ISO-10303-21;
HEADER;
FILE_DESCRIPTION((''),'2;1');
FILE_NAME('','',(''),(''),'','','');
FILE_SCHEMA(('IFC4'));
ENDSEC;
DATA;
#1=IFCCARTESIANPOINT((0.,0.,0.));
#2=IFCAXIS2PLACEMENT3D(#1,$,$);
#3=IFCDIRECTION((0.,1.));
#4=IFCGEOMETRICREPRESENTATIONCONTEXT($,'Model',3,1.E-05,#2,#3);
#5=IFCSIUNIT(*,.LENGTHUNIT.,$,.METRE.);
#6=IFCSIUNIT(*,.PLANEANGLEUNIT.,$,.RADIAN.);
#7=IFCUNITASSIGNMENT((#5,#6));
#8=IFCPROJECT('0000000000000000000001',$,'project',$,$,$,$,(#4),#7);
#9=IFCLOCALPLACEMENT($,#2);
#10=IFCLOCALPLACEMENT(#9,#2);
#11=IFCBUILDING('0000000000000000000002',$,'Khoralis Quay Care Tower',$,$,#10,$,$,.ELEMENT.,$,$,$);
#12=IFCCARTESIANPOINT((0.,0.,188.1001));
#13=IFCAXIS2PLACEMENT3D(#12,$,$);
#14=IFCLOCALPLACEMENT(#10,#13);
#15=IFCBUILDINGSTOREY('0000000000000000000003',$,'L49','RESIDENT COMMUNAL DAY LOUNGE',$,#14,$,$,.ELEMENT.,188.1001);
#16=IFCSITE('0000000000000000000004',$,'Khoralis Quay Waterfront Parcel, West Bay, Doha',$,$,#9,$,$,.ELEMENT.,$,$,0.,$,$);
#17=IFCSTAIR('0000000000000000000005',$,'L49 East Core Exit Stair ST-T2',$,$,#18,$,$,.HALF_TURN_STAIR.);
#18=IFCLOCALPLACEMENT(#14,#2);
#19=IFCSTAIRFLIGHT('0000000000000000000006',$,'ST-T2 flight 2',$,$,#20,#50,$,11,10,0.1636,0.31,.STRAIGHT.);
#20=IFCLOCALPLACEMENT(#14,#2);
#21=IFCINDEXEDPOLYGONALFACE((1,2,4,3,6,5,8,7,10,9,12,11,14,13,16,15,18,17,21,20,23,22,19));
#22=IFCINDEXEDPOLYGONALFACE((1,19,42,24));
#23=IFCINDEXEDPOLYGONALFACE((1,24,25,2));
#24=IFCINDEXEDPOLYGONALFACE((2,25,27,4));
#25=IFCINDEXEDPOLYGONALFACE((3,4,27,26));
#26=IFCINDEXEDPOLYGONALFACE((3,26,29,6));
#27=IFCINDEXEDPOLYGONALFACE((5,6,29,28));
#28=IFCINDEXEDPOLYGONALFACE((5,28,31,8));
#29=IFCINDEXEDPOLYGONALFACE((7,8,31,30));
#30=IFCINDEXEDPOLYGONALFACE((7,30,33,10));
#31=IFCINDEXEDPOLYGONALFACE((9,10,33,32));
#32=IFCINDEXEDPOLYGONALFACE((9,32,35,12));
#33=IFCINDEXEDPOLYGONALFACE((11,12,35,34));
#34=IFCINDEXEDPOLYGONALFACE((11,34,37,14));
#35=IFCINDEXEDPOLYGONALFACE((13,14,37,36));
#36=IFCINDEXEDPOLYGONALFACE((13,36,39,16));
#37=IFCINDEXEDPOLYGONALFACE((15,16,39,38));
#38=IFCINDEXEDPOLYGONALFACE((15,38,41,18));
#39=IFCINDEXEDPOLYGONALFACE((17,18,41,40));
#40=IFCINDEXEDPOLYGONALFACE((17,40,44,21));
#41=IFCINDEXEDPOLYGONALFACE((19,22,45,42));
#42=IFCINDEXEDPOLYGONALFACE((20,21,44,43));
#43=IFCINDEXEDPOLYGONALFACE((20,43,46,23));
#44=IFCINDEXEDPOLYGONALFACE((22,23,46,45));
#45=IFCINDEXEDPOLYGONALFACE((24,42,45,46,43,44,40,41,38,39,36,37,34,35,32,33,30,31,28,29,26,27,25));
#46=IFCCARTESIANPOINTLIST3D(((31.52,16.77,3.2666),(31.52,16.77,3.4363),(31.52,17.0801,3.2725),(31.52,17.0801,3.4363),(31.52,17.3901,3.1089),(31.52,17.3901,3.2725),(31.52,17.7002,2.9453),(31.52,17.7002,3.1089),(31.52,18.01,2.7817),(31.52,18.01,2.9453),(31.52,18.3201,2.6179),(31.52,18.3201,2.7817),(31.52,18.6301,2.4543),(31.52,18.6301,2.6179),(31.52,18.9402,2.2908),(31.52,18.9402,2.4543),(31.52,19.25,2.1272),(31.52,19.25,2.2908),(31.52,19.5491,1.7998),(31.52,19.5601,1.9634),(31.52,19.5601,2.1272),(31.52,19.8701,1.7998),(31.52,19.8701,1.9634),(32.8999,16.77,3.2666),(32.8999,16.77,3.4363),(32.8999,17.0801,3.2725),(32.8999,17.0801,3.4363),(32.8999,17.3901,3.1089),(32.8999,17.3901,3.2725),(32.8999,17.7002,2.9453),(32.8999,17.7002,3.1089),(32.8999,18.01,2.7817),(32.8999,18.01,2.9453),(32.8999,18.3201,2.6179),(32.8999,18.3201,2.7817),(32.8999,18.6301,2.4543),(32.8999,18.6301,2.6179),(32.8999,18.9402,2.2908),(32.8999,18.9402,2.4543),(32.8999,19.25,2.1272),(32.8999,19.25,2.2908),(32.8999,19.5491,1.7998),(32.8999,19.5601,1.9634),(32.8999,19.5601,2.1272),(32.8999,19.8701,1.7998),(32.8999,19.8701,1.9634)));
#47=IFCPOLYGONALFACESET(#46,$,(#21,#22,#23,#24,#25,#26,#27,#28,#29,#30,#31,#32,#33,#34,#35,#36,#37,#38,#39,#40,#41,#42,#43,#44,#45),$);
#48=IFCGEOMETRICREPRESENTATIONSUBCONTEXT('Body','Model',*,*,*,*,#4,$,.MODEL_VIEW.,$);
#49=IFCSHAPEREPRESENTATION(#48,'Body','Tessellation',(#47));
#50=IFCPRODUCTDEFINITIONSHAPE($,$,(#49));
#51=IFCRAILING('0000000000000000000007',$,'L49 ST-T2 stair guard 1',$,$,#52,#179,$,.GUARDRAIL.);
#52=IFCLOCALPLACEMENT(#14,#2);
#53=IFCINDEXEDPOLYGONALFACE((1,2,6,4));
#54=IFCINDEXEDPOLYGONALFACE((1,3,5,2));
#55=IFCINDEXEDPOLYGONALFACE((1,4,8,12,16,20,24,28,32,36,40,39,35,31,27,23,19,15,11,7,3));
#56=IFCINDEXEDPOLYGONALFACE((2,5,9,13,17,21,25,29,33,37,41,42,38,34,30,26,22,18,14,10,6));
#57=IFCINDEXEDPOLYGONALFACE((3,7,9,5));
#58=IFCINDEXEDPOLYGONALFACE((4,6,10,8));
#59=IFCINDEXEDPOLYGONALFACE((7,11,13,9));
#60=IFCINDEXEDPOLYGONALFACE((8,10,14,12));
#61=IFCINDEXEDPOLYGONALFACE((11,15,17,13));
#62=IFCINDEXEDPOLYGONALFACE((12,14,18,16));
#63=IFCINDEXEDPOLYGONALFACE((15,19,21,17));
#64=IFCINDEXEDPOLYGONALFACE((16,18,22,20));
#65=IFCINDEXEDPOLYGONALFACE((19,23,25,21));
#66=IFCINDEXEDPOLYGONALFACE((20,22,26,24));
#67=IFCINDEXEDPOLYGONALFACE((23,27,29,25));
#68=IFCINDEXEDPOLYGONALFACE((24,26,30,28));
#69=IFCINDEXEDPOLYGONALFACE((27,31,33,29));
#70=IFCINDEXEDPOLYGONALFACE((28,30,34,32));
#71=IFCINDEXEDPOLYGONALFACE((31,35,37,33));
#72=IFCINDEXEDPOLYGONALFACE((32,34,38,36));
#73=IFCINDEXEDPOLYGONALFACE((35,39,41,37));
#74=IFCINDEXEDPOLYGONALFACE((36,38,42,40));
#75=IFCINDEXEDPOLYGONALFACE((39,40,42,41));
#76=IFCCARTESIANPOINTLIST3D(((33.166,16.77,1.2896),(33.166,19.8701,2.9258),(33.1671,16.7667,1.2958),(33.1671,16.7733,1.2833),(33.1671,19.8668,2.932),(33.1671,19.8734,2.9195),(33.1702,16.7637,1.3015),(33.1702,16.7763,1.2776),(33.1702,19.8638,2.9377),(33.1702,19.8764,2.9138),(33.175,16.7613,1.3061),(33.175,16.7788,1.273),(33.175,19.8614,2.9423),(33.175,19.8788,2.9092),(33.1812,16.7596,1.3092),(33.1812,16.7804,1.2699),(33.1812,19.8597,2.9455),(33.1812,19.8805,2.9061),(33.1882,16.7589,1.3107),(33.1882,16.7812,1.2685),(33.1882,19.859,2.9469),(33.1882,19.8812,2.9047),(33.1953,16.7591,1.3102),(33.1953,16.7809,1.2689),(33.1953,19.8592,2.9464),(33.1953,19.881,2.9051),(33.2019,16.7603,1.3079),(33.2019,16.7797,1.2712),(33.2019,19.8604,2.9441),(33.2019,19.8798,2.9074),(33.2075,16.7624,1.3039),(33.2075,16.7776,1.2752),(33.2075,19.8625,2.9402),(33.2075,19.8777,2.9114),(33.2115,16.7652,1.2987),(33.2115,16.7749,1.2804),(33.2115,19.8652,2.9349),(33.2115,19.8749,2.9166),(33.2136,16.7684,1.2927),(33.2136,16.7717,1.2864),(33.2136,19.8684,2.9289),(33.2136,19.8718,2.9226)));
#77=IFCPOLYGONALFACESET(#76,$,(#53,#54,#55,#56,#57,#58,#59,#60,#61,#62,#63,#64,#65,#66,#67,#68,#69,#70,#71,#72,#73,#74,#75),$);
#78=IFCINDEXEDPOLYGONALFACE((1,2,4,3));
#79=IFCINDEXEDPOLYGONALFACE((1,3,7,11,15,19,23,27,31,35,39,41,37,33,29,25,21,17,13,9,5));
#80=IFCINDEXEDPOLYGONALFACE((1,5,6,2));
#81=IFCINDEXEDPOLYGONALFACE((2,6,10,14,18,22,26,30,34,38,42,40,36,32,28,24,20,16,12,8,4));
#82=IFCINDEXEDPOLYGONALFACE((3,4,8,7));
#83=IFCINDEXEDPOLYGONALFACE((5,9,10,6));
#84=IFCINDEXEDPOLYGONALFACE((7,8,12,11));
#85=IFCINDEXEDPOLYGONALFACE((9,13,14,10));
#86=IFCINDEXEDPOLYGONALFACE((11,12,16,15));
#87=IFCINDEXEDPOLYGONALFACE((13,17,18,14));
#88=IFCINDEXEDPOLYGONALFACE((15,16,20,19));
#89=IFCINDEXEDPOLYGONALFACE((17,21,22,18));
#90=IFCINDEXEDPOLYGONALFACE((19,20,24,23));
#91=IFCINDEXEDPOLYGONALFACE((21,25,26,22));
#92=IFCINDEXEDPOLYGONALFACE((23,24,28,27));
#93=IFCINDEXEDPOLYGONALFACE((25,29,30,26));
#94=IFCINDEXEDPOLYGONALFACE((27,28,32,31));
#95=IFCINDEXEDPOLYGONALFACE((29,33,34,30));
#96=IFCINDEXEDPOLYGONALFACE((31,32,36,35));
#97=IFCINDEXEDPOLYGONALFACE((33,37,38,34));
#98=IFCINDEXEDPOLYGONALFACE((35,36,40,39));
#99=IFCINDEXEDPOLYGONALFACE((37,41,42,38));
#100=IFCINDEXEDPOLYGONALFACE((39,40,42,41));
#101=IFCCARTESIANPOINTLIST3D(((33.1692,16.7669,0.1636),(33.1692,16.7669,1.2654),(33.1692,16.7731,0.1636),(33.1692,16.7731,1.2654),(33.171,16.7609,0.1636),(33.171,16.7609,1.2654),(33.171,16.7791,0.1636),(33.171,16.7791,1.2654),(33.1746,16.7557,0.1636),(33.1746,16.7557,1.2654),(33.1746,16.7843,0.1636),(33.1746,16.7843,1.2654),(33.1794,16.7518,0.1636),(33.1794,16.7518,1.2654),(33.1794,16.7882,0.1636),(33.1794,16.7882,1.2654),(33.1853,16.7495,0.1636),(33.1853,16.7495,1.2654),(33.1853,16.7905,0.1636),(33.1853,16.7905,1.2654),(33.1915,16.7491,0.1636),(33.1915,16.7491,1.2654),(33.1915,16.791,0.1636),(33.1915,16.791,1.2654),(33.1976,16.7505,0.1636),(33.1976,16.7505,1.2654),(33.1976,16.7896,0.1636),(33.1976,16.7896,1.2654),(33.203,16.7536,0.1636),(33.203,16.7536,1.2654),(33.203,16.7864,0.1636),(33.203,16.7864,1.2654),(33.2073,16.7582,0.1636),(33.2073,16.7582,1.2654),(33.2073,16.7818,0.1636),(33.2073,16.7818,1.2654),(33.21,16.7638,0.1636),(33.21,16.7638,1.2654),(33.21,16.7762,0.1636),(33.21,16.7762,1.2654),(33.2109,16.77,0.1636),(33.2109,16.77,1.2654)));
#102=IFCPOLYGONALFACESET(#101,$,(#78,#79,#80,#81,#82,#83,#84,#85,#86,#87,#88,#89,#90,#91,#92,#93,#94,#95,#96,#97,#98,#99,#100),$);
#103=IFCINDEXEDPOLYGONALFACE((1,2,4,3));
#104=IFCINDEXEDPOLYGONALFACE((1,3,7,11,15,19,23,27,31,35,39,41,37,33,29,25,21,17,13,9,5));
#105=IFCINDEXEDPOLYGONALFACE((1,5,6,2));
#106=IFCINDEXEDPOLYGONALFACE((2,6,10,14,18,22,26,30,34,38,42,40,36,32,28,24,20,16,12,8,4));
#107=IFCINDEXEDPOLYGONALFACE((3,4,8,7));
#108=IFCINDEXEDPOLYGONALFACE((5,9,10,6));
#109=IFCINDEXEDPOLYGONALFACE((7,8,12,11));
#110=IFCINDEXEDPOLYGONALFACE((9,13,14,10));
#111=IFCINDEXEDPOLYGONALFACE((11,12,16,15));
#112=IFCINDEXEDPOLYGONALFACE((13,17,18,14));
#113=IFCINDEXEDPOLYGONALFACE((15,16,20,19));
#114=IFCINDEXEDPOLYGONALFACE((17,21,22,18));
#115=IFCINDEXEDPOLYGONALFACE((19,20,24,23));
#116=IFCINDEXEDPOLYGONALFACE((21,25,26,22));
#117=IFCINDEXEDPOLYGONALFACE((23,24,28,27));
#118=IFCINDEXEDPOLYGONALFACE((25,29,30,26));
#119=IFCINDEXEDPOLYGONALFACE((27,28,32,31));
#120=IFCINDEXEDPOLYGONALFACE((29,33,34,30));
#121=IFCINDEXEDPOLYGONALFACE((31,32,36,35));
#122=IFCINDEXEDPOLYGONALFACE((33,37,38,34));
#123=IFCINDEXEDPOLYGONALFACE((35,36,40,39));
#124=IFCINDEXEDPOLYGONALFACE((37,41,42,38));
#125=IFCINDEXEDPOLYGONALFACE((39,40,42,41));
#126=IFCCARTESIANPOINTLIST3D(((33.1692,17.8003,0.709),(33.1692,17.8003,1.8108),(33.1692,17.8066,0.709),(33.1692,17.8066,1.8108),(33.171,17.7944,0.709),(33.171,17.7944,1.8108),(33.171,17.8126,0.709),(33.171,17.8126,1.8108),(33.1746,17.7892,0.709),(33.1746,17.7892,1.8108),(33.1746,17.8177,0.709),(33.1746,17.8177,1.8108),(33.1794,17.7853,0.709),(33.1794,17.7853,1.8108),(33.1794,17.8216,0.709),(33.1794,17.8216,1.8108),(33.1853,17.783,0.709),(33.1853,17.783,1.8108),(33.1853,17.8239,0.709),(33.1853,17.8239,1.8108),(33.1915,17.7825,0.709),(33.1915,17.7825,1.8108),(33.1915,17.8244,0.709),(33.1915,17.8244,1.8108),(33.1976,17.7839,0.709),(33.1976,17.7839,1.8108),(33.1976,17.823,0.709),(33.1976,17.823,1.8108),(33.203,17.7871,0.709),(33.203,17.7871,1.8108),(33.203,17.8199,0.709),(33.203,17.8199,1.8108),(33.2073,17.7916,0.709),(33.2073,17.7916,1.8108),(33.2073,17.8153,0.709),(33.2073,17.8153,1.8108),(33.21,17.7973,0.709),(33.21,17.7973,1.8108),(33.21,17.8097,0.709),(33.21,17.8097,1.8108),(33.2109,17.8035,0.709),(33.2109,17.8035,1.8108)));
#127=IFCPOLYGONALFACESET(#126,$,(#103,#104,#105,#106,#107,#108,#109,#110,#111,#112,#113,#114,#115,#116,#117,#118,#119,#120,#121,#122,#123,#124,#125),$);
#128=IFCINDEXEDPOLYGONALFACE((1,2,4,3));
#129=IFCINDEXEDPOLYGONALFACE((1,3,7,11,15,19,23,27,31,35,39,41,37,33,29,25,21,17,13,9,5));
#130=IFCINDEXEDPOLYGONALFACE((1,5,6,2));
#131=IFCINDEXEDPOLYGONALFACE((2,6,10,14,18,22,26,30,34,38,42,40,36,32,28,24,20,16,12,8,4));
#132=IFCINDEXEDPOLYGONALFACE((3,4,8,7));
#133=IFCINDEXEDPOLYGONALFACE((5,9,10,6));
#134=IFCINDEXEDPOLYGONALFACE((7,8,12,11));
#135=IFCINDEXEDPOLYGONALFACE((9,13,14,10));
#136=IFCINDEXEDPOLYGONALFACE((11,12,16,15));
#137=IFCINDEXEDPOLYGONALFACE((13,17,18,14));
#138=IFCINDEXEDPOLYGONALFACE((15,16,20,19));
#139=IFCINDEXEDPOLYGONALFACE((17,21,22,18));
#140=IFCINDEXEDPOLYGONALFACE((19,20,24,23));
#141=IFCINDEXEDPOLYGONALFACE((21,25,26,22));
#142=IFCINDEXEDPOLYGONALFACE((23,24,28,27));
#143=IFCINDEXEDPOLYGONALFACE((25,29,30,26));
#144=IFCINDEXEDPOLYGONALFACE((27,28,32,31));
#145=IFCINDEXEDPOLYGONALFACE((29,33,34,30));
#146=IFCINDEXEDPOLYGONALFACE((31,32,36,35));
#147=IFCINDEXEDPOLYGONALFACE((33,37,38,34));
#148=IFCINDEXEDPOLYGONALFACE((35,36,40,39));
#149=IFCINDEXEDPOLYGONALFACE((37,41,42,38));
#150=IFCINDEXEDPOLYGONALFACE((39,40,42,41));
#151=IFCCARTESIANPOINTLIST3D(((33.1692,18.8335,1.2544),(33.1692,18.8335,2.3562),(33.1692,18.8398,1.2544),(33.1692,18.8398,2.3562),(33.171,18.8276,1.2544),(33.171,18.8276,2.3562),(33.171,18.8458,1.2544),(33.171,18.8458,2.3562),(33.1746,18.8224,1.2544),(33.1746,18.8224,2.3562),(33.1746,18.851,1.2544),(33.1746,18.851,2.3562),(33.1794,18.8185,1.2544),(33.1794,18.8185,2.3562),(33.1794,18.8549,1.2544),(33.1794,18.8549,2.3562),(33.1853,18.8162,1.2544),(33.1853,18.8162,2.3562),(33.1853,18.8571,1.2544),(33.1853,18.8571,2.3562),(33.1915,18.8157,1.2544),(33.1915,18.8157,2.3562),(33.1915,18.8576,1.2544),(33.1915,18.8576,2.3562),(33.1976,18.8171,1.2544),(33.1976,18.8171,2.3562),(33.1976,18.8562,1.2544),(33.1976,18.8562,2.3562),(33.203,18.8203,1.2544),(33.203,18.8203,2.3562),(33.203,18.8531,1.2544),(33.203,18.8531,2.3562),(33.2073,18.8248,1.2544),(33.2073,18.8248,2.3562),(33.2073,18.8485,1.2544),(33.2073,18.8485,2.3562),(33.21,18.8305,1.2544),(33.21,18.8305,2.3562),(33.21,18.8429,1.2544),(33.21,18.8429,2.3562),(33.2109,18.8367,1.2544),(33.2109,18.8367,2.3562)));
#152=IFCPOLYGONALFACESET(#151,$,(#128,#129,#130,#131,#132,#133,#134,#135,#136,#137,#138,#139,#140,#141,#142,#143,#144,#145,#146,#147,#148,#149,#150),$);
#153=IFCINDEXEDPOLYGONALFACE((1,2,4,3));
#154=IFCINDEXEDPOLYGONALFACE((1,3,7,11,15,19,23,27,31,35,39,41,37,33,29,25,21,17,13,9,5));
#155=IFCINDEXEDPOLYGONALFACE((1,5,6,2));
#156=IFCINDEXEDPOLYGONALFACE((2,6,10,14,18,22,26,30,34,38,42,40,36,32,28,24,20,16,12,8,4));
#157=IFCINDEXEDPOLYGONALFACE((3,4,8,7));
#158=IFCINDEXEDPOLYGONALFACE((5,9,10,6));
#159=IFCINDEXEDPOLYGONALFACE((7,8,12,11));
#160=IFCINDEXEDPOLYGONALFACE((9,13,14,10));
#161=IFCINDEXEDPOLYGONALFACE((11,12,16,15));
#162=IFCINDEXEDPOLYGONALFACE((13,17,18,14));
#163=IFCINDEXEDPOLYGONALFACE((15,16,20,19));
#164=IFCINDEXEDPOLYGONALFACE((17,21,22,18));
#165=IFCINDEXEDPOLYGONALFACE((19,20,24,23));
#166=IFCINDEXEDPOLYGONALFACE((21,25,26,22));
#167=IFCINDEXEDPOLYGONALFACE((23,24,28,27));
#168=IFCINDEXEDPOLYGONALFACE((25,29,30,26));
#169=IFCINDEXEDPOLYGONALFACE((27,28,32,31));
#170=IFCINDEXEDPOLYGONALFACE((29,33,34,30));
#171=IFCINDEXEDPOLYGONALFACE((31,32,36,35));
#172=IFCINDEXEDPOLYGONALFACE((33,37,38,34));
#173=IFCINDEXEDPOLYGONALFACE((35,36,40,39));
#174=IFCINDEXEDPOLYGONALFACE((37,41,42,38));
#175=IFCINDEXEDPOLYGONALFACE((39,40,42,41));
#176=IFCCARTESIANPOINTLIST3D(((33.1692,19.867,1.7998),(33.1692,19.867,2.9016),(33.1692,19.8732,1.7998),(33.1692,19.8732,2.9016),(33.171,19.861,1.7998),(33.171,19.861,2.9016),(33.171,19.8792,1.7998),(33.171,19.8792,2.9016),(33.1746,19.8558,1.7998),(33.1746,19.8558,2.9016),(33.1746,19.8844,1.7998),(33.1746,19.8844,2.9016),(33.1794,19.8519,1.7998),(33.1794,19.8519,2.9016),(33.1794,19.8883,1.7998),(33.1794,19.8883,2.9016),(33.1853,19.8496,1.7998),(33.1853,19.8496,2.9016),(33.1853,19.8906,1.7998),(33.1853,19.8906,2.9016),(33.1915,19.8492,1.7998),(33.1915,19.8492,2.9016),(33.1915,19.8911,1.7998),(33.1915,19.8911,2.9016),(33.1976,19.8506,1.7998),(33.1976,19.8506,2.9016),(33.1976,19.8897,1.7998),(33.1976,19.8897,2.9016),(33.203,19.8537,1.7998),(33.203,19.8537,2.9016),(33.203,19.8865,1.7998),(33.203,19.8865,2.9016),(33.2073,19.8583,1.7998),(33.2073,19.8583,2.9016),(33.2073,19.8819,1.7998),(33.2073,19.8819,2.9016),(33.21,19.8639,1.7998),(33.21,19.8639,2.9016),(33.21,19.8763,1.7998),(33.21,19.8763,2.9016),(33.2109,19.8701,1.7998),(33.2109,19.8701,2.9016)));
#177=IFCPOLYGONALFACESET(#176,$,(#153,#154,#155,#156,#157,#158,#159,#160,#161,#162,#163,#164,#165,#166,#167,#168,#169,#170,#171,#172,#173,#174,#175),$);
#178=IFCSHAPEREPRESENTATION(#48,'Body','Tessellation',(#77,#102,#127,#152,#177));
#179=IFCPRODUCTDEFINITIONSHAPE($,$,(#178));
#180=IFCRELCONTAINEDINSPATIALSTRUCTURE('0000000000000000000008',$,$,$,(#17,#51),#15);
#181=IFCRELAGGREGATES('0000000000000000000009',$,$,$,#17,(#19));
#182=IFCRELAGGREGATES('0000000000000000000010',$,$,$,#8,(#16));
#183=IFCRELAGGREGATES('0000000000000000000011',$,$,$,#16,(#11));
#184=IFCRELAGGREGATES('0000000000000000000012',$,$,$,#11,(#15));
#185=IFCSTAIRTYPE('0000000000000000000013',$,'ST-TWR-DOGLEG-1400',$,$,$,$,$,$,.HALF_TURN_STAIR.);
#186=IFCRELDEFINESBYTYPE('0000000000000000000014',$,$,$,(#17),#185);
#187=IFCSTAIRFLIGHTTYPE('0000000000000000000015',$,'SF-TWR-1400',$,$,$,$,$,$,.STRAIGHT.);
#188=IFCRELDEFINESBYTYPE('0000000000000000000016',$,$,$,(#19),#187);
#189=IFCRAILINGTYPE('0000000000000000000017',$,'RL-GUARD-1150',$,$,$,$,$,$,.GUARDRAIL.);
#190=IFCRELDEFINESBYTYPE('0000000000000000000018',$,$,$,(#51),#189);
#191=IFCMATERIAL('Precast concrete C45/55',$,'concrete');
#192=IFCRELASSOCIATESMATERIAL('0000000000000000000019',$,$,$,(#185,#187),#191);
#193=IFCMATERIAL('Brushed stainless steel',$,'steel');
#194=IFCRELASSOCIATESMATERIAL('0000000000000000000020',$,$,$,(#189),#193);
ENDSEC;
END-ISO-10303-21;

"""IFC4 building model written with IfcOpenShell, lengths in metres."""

from ifc_helpers import new_model, si_unit, direction, frame, origin, origin_2d, place, context, subcontext, project, spatial, polyline, circle, outline, extrude, source, transform, mapped, material, type_object, element, aggregate, save


model = new_model("IFC4")

# Units and contexts
model_context = context("Model", 3, precision=1e-05, world=origin(), true_north=direction((0.0, 1.0)))
body_context = subcontext(model_context, "Body", "Model", "MODEL_VIEW")
ifc_project = project(units=[si_unit("LENGTHUNIT", "METRE"), si_unit("PLANEANGLEUNIT", "RADIAN")], contexts=[model_context])

# Site, building, storey
site_placement = place(None, origin())
site = spatial("IfcSite", under=ifc_project, at=site_placement, Name="Khoralis Quay Waterfront Parcel, West Bay, Doha", CompositionType="ELEMENT", RefElevation=0.0)
building_placement = place(site_placement, origin())
building = spatial("IfcBuilding", under=site, at=building_placement, Name="Khoralis Quay Care Tower", CompositionType="ELEMENT")
storey_placement = place(building_placement, frame((0.0, 0.0, 188.1001)))
storey = spatial("IfcBuildingStorey", under=building, at=storey_placement, Name="L49", Description="RESIDENT COMMUNAL DAY LOUNGE", CompositionType="ELEMENT", Elevation=188.1001)

# Shared definitions
ifc_material_1 = material(Name="Brushed stainless steel", Category="steel")

# Shared definitions
ifc_material_2 = material(Name="Precast concrete C45/55", Category="concrete")

# Stair, stair flight
stair_type = type_object("IfcStairType", Name="ST-TWR-DOGLEG-1400", PredefinedType="HALF_TURN_STAIR", material=ifc_material_2)
stair_placement = place(storey_placement, origin())
stair = element("IfcStair", 1, at=stair_placement, inside=storey, type_object=stair_type, Name="L49 East Core Exit Stair ST-T2", PredefinedType="HALF_TURN_STAIR")
stair_flight_type = type_object("IfcStairFlightType", Name="SF-TWR-1400", PredefinedType="STRAIGHT", material=ifc_material_2)
shared_shape_1 = source(origin(), body_context, "Body", "SweptSolid", [
    extrude(outline(polyline([(0.0, 0.0), (0.0, 0.1636), (0.3101, 0.1636), (0.3101, 0.3274), (0.6201, 0.3274), (0.6201, 0.491), (0.9299, 0.491), (0.9299, 0.6545), (1.24, 0.6545), (1.24, 0.8181), (1.55, 0.8181), (1.55, 0.9819), (1.8601, 0.9819), (1.8601, 1.1455), (2.1699, 1.1455), (2.1699, 1.3091), (2.48, 1.3091), (2.48, 1.4727), (2.79, 1.4727), (2.79, 1.6365), (3.1001, 1.6365), (3.1001, 1.8), (3.1001, 1.4668), (0.321, 0.0), (0.0, 0.0)])), frame((0.0, 0.6899, 0.0), z_axis=(0.0, -1.0, 0.0), x_axis=(1.0, 0.0, 0.0)), (0.0, 0.0, 1.0), 1.3799),
])
stair_flight_1_placement = place(storey_placement, frame((32.21, 19.8701, 1.7998), z_axis=(0.0, 0.0, 1.0), x_axis=(0.0, -1.0, 0.0)))
stair_flight_1 = element("IfcStairFlight", 2, at=stair_flight_1_placement, type_object=stair_flight_type, Name="ST-T2 flight 2", NumberOfRisers=11, NumberOfTreads=10, PredefinedType="STRAIGHT", RiserHeight=0.1636, TreadLength=0.31, context=body_context, shape_type="MappedRepresentation", body=[
    mapped(shared_shape_1, transform((0.0, 0.0, 0.0), scale=1.0)),
])
aggregate(stair, [stair_flight_1])

# Railing
railing_type_1 = type_object("IfcRailingType", Name="RL-GUARD-1150", PredefinedType="GUARDRAIL", material=ifc_material_1)
railing_1_placement = place(storey_placement, frame((33.1899, 16.77, 0.1636)))
element("IfcRailing", 3, at=railing_1_placement, inside=storey, type_object=railing_type_1, Name="L49 ST-T2 stair guard 1", PredefinedType="GUARDRAIL", context=body_context, shape_type="SweptSolid", body=[
    extrude(circle(Radius=0.0239, at=origin_2d()), frame((0.0, 0.0, 1.126), z_axis=(0.0, 0.884377, 0.466774), x_axis=(-1.0, 0.0, 0.0)), (0.0, 0.0, 1.0), 3.5054),
    extrude(circle(Radius=0.021, at=origin_2d()), origin(), (0.0, 0.0, 1.0), 1.1018),
    extrude(circle(Radius=0.021, at=origin_2d()), frame((0.0, 1.0334, 0.5454)), (0.0, 0.0, 1.0), 1.1018),
    extrude(circle(Radius=0.021, at=origin_2d()), frame((0.0, 2.0667, 1.0908)), (0.0, 0.0, 1.0), 1.1018),
    extrude(circle(Radius=0.021, at=origin_2d()), frame((0.0, 3.1001, 1.6362)), (0.0, 0.0, 1.0), 1.1018),
])

save(model, "model.ifc")
